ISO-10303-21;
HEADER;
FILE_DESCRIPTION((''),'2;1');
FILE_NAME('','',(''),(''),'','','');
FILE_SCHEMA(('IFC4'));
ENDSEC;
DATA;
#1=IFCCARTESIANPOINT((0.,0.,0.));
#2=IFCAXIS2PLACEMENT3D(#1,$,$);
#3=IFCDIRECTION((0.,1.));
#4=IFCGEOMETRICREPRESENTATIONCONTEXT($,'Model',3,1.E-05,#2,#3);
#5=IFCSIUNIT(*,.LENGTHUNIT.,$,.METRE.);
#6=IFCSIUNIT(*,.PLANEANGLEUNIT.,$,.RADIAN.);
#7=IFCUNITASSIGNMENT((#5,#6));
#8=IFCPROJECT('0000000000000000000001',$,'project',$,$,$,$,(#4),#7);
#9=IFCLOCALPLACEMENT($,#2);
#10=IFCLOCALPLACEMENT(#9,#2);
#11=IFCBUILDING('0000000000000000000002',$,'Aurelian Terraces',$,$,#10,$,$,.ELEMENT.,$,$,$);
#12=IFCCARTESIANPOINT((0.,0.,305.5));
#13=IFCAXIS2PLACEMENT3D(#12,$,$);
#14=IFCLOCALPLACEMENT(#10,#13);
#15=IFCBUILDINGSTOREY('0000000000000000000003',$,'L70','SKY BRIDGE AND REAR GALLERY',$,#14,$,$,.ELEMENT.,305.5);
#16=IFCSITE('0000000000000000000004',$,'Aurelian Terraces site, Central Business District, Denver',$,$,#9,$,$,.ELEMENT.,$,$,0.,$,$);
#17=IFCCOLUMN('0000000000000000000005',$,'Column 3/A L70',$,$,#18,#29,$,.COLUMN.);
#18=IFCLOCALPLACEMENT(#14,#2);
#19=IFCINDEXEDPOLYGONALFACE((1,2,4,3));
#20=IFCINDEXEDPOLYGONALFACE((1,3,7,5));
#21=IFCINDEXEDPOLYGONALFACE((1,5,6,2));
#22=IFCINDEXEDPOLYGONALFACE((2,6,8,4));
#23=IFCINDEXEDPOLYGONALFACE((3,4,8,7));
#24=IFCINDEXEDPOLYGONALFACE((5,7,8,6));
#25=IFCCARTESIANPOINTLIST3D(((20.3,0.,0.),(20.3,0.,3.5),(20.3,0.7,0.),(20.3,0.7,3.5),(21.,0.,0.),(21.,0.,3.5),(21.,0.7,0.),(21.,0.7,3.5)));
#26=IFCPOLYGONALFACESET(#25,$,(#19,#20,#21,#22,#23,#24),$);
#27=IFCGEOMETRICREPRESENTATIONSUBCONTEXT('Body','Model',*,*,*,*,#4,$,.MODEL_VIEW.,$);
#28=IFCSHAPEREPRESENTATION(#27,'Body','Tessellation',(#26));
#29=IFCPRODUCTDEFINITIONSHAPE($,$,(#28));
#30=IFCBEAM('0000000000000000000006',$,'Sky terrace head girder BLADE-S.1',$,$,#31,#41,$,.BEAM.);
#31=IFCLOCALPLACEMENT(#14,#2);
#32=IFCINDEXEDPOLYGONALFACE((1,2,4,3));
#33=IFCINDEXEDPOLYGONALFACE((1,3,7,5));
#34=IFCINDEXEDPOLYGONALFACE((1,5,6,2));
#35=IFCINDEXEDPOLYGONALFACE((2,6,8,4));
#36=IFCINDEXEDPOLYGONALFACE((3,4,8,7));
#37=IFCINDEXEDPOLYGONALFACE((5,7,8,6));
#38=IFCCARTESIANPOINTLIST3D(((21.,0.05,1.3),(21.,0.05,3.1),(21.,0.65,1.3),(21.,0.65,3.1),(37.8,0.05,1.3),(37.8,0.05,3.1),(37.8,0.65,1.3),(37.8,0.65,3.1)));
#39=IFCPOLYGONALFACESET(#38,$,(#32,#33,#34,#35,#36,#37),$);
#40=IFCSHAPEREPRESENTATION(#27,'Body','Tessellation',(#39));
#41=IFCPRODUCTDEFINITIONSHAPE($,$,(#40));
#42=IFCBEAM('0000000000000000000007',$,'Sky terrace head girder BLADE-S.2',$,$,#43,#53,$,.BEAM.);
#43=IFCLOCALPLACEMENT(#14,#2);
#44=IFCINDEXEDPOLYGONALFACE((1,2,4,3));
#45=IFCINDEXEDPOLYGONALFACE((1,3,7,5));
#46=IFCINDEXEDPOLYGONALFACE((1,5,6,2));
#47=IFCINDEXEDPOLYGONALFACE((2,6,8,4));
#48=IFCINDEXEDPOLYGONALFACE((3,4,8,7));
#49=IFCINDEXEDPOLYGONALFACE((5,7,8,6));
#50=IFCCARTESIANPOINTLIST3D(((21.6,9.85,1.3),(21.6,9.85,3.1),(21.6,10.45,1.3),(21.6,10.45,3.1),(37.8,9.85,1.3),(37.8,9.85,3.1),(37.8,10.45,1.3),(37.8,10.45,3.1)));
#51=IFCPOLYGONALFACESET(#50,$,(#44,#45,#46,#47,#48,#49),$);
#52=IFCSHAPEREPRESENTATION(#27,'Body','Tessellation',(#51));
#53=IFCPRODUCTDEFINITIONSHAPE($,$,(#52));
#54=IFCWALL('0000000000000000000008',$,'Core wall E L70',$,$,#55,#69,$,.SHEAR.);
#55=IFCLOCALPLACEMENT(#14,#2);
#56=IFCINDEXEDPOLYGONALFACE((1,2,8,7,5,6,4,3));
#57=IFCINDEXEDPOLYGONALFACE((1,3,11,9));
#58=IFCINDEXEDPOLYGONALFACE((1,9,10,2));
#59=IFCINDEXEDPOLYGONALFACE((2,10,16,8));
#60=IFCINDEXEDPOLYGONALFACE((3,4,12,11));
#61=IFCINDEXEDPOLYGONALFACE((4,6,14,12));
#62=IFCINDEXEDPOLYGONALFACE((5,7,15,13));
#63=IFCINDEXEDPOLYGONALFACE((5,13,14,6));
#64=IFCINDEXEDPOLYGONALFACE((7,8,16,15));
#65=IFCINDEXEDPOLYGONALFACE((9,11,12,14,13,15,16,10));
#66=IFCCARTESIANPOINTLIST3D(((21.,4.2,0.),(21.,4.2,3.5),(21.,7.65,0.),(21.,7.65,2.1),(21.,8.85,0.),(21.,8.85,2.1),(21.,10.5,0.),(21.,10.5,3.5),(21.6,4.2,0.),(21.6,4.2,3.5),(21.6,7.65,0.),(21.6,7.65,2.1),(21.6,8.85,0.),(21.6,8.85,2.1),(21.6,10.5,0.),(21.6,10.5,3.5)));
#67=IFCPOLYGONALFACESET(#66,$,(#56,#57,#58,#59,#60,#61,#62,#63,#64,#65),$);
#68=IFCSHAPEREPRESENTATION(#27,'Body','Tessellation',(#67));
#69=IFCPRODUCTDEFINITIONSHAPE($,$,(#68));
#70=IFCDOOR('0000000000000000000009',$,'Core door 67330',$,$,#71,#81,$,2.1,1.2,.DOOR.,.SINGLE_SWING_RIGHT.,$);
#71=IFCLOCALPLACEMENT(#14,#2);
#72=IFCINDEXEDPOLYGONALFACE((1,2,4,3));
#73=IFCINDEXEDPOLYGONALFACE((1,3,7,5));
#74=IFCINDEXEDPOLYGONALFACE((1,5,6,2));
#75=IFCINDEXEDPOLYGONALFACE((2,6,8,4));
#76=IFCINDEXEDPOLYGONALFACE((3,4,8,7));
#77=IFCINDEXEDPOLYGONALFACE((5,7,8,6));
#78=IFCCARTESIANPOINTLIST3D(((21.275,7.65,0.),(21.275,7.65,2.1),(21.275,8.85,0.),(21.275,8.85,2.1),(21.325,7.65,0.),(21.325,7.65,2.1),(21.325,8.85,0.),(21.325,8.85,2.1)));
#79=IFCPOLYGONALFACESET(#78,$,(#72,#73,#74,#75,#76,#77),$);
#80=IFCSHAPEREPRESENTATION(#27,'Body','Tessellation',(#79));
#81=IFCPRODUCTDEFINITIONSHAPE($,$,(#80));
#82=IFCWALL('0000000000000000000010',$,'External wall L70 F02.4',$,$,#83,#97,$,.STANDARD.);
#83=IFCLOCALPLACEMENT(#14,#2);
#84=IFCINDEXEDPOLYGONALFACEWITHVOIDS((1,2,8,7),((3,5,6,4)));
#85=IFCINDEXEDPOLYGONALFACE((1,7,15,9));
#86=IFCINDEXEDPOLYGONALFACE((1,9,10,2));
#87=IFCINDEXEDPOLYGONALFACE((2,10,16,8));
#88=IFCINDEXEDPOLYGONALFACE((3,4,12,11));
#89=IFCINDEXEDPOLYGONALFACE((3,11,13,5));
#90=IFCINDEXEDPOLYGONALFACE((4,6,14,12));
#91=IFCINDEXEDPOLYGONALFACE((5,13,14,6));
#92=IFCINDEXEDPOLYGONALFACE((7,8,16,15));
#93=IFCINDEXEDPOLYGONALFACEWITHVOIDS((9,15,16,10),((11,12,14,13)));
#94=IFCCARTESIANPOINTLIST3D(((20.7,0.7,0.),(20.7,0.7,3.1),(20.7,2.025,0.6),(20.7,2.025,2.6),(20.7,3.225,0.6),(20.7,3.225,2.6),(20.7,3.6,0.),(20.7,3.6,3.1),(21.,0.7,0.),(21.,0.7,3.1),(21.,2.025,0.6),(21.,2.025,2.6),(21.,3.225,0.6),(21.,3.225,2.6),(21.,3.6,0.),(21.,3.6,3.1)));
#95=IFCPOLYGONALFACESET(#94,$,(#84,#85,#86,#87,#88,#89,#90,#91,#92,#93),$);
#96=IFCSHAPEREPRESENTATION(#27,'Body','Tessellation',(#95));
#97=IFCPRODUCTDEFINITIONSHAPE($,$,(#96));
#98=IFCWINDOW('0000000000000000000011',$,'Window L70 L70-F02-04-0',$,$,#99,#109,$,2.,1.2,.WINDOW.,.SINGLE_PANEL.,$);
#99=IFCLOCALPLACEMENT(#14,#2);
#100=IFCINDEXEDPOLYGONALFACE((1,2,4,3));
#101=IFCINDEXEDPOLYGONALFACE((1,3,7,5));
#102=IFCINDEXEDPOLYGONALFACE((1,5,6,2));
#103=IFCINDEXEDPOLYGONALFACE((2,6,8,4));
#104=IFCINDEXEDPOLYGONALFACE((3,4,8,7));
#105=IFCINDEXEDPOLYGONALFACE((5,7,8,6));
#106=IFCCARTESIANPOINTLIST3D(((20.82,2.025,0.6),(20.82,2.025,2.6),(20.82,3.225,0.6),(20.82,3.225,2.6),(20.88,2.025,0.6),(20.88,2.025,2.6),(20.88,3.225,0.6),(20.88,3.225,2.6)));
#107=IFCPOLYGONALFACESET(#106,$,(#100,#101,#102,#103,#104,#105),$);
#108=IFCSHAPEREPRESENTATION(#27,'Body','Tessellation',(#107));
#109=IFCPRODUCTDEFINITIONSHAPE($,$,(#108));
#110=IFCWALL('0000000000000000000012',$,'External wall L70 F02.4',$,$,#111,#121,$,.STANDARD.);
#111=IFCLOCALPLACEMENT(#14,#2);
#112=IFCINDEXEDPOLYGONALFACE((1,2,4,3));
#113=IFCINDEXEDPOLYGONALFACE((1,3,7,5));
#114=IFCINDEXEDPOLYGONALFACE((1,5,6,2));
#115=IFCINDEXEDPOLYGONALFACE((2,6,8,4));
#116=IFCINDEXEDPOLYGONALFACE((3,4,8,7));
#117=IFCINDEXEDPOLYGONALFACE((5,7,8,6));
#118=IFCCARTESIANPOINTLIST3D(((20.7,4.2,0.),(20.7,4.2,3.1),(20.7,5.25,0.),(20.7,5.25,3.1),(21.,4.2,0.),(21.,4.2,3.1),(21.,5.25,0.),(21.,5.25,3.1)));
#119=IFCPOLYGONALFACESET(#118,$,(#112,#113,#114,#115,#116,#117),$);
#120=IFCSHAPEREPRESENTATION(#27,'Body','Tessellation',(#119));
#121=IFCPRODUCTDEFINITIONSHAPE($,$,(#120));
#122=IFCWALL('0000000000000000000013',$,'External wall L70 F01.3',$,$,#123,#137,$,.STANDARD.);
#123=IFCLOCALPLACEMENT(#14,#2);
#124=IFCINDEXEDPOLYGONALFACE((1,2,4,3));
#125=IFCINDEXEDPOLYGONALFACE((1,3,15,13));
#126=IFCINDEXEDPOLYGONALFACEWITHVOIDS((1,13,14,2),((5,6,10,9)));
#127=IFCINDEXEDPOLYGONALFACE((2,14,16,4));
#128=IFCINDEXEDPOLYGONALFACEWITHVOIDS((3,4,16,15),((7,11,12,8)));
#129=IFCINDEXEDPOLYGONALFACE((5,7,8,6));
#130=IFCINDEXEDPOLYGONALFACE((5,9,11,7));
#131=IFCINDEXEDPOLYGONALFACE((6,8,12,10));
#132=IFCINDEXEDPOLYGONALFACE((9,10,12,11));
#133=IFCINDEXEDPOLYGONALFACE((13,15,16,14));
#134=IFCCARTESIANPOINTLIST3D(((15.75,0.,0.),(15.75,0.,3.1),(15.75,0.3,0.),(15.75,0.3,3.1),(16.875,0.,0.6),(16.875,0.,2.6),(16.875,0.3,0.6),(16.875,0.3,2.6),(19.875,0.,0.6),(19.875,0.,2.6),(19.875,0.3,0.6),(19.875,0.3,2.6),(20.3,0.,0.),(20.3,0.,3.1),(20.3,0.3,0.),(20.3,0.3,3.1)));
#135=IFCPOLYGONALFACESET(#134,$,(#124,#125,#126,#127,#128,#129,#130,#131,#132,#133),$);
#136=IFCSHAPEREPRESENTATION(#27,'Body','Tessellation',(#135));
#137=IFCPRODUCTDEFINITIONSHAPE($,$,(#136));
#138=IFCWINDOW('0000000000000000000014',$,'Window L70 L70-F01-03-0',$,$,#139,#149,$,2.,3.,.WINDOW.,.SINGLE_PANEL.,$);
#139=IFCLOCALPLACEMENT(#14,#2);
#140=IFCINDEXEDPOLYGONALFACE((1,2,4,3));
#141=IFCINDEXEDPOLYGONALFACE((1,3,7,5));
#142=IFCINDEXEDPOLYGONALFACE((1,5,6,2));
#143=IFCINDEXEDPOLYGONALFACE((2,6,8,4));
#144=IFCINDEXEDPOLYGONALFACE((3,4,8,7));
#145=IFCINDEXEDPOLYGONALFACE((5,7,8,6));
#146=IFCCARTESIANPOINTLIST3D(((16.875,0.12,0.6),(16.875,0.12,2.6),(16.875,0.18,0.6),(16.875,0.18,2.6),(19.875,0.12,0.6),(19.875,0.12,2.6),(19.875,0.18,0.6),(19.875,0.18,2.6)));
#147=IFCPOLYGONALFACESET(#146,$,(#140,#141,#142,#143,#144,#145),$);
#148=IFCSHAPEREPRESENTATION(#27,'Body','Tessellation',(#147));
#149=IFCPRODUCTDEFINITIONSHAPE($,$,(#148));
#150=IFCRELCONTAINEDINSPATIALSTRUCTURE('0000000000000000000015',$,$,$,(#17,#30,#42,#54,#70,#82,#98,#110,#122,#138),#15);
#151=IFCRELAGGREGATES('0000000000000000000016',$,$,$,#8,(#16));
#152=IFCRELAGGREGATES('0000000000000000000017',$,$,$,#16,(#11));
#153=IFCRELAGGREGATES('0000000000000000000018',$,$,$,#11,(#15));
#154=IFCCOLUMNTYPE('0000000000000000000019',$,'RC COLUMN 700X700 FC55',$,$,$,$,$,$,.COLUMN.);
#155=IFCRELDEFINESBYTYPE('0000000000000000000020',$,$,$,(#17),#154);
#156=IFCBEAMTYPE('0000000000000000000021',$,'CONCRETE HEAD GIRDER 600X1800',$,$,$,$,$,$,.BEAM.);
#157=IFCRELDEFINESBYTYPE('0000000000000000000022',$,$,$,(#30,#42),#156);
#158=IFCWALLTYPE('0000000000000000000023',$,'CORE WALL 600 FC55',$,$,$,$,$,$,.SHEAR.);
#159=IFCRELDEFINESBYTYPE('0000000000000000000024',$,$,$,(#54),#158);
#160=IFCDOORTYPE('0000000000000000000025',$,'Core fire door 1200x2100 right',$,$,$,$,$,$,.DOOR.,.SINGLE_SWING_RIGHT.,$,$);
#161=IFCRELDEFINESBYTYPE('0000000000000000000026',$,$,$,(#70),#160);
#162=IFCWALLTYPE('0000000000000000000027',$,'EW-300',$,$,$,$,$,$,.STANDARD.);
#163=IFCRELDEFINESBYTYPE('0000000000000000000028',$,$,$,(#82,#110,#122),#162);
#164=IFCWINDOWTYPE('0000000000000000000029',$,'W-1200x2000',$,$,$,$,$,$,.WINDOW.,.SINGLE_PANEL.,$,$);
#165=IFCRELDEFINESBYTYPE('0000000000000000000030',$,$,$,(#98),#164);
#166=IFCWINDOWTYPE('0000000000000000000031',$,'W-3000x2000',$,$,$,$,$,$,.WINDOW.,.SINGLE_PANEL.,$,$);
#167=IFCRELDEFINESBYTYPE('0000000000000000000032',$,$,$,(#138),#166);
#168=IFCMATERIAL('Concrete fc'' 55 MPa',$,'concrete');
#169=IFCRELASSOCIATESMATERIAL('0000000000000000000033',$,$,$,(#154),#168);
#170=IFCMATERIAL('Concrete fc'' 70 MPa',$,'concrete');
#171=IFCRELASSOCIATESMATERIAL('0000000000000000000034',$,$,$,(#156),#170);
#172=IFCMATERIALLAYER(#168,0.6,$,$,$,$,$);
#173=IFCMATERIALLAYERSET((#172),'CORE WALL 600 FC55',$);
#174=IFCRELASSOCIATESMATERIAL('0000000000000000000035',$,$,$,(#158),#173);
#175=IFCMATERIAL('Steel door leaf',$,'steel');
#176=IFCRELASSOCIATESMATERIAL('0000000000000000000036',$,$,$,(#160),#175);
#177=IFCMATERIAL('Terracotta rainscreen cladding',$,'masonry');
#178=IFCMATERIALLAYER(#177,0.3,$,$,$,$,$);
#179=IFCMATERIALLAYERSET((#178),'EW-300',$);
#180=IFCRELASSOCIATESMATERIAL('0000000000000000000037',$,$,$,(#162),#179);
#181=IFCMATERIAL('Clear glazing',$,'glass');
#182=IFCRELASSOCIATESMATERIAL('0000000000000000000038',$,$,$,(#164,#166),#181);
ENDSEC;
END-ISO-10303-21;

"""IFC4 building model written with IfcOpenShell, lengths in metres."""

from ifc_helpers import new_model, si_unit, direction, frame, frame_2d, origin, origin_2d, place, context, subcontext, project, spatial, rectangle, extrude, source, transform, mapped, material, layer, layer_set, material_profile, profile_set, type_object, element, fill, save


model = new_model("IFC4")

# Units and contexts
model_context = context("Model", 3, precision=1e-05, world=origin(), true_north=direction((0.0, 1.0)))
body_context = subcontext(model_context, "Body", "Model", "MODEL_VIEW")
ifc_project = project(units=[si_unit("LENGTHUNIT", "METRE"), si_unit("PLANEANGLEUNIT", "RADIAN")], contexts=[model_context])

# Site, building, storey
site_placement = place(None, origin())
site = spatial("IfcSite", under=ifc_project, at=site_placement, Name="Aurelian Terraces site, Central Business District, Denver", CompositionType="ELEMENT", RefElevation=0.0)
building_placement = place(site_placement, origin())
building = spatial("IfcBuilding", under=site, at=building_placement, Name="Aurelian Terraces", CompositionType="ELEMENT")
storey_placement = place(building_placement, frame((0.0, 0.0, 305.5)))
storey = spatial("IfcBuildingStorey", under=building, at=storey_placement, Name="L70", Description="SKY BRIDGE AND REAR GALLERY", CompositionType="ELEMENT", Elevation=305.5)

# Column
ifc_material_1 = material(Name="Concrete fc' 55 MPa", Category="concrete")
ifc_material_profile_1 = material_profile(ifc_material_1, rectangle(XDim=0.7, YDim=0.7, at=origin_2d()))
ifc_profile_set_1 = profile_set([ifc_material_profile_1], Name="Concrete fc' 55 MPa")
column_type = type_object("IfcColumnType", Name="RC COLUMN 700X700 FC55", PredefinedType="COLUMN", material=ifc_profile_set_1)
shared_shape_1 = source(origin(), body_context, "Body", "SweptSolid", [
    extrude(rectangle(XDim=0.7, YDim=0.7, at=origin_2d()), origin(), (0.0, 0.0, 1.0), 3.5),
])
column_placement = place(storey_placement, frame((20.65, 0.35, 0.0), z_axis=(0.0, 0.0, 1.0), x_axis=(1.0, 0.0, 0.0)))
element("IfcColumn", 1, at=column_placement, inside=storey, type_object=column_type, Name="Column 3/A L70", PredefinedType="COLUMN", context=body_context, shape_type="MappedRepresentation", body=[
    mapped(shared_shape_1, transform((0.0, 0.0, 0.0), scale=1.0)),
])

# Beams
ifc_material_2 = material(Name="Concrete fc' 70 MPa", Category="concrete")
ifc_material_profile_2 = material_profile(ifc_material_2, rectangle(XDim=0.6, YDim=1.8, at=origin_2d()))
ifc_profile_set_2 = profile_set([ifc_material_profile_2], Name="Concrete fc' 70 MPa")
beam_type = type_object("IfcBeamType", Name="CONCRETE HEAD GIRDER 600X1800", PredefinedType="BEAM", material=ifc_profile_set_2)
shared_shape_2 = source(origin(), body_context, "Body", "SweptSolid", [
    extrude(rectangle(XDim=0.6, YDim=1.8, at=origin_2d()), origin(), (0.0, 0.0, 1.0), 16.8),
])
beam_1_placement = place(storey_placement, frame((21.0, 0.35, 2.2), z_axis=(1.0, 0.0, 0.0), x_axis=(0.0, 1.0, 0.0)))
element("IfcBeam", 2, at=beam_1_placement, inside=storey, type_object=beam_type, Name="Sky terrace head girder BLADE-S.1", PredefinedType="BEAM", context=body_context, shape_type="MappedRepresentation", body=[
    mapped(shared_shape_2, transform((0.0, 0.0, 0.0), scale=1.0)),
])
shared_shape_3 = source(origin(), body_context, "Body", "SweptSolid", [
    extrude(rectangle(XDim=0.6, YDim=1.8, at=origin_2d()), origin(), (0.0, 0.0, 1.0), 16.2),
])
beam_2_placement = place(storey_placement, frame((21.6, 10.15, 2.2), z_axis=(1.0, 0.0, 0.0), x_axis=(0.0, 1.0, 0.0)))
element("IfcBeam", 3, at=beam_2_placement, inside=storey, type_object=beam_type, Name="Sky terrace head girder BLADE-S.2", PredefinedType="BEAM", context=body_context, shape_type="MappedRepresentation", body=[
    mapped(shared_shape_3, transform((0.0, 0.0, 0.0), scale=1.0)),
])

# Wall, opening, door
ifc_layer_1 = layer(ifc_material_1, 0.6)
ifc_layer_set_1 = layer_set([ifc_layer_1], Name="CORE WALL 600 FC55")
wall_type_1 = type_object("IfcWallType", Name="CORE WALL 600 FC55", PredefinedType="SHEAR", material=ifc_layer_set_1)
shared_shape_4 = source(origin(), body_context, "Body", "SweptSolid", [
    extrude(rectangle(XDim=6.3, YDim=0.6, at=frame_2d((3.15, 0.0))), origin(), (0.0, 0.0, 1.0), 3.5),
])
wall_1_placement = place(storey_placement, frame((21.3, 4.2, 0.0), z_axis=(0.0, 0.0, 1.0), x_axis=(0.0, 1.0, 0.0)))
wall_1 = element("IfcWall", 4, at=wall_1_placement, inside=storey, type_object=wall_type_1, Name="Core wall E L70", PredefinedType="SHEAR", context=body_context, shape_type="MappedRepresentation", body=[
    mapped(shared_shape_4, transform((0.0, 0.0, 0.0), scale=1.0)),
])
shared_shape_5 = source(origin(), body_context, "Body", "SweptSolid", [
    extrude(rectangle(XDim=1.2, YDim=2.1, at=frame_2d((0.6, 1.05))), frame((0.0, 0.31, 0.0), z_axis=(0.0, -1.0, 0.0), x_axis=(1.0, 0.0, 0.0)), (0.0, 0.0, 1.0), 0.62),
])
opening_1_placement = place(wall_1_placement, frame((3.45, 0.0, 0.0)))
opening_1 = element("IfcOpeningElement", 5, at=opening_1_placement, cuts=wall_1, PredefinedType="OPENING", context=body_context, shape_type="MappedRepresentation", body=[
    mapped(shared_shape_5, transform((0.0, 0.0, 0.0), scale=1.0)),
])
ifc_material_3 = material(Name="Steel door leaf", Category="steel")
door_type_1 = type_object("IfcDoorType", Name="Core fire door 1200x2100 right", OperationType="SINGLE_SWING_RIGHT", PredefinedType="DOOR", material=ifc_material_3)
shared_shape_6 = source(origin(), body_context, "Body", "SweptSolid", [
    extrude(rectangle(XDim=1.2, YDim=2.1, at=frame_2d((0.6, 1.05))), frame((0.0, 0.025, 0.0), z_axis=(0.0, -1.0, 0.0), x_axis=(1.0, 0.0, 0.0)), (0.0, 0.0, 1.0), 0.05),
])
door_1_placement = place(opening_1_placement, origin())
door_1 = element("IfcDoor", 6, at=door_1_placement, inside=storey, type_object=door_type_1, Name="Core door 67330", OperationType="SINGLE_SWING_RIGHT", OverallHeight=2.1, OverallWidth=1.2, PredefinedType="DOOR", context=body_context, shape_type="MappedRepresentation", body=[
    mapped(shared_shape_6, transform((0.0, 0.0, 0.0), scale=1.0)),
])
fill(opening_1, door_1)

# Wall, opening, window
ifc_material_4 = material(Name="Terracotta rainscreen cladding", Category="masonry")
ifc_layer_2 = layer(ifc_material_4, 0.3)
ifc_layer_set_2 = layer_set([ifc_layer_2], Name="EW-300")
wall_type_2 = type_object("IfcWallType", Name="EW-300", PredefinedType="STANDARD", material=ifc_layer_set_2)
shared_shape_7 = source(origin(), body_context, "Body", "SweptSolid", [
    extrude(rectangle(XDim=2.9, YDim=0.3, at=frame_2d((1.45, 0.0))), origin(), (0.0, 0.0, 1.0), 3.1),
])
wall_2_placement = place(storey_placement, frame((20.85, 0.7, 0.0), z_axis=(0.0, 0.0, 1.0), x_axis=(0.0, 1.0, 0.0)))
wall_2 = element("IfcWall", 7, at=wall_2_placement, inside=storey, type_object=wall_type_2, Name="External wall L70 F02.4", PredefinedType="STANDARD", context=body_context, shape_type="MappedRepresentation", body=[
    mapped(shared_shape_7, transform((0.0, 0.0, 0.0), scale=1.0)),
])
shared_shape_8 = source(origin(), body_context, "Body", "SweptSolid", [
    extrude(rectangle(XDim=1.2, YDim=2.0, at=frame_2d((0.6, 1.0))), frame((0.0, 0.16, 0.0), z_axis=(0.0, -1.0, 0.0), x_axis=(1.0, 0.0, 0.0)), (0.0, 0.0, 1.0), 0.32),
])
opening_2_placement = place(wall_2_placement, frame((1.325, 0.0, 0.6)))
opening_2 = element("IfcOpeningElement", 8, at=opening_2_placement, cuts=wall_2, PredefinedType="OPENING", context=body_context, shape_type="MappedRepresentation", body=[
    mapped(shared_shape_8, transform((0.0, 0.0, 0.0), scale=1.0)),
])
ifc_material_5 = material(Name="Clear glazing", Category="glass")
window_type_1 = type_object("IfcWindowType", Name="W-1200x2000", PartitioningType="SINGLE_PANEL", PredefinedType="WINDOW", material=ifc_material_5)
shared_shape_9 = source(origin(), body_context, "Body", "SweptSolid", [
    extrude(rectangle(XDim=1.2, YDim=2.0, at=frame_2d((0.6, 1.0))), frame((0.0, 0.03, 0.0), z_axis=(0.0, -1.0, 0.0), x_axis=(1.0, 0.0, 0.0)), (0.0, 0.0, 1.0), 0.06),
])
window_1_placement = place(opening_2_placement, origin())
window_1 = element("IfcWindow", 9, at=window_1_placement, inside=storey, type_object=window_type_1, Name="Window L70 L70-F02-04-0", OverallHeight=2.0, OverallWidth=1.2, PartitioningType="SINGLE_PANEL", PredefinedType="WINDOW", context=body_context, shape_type="MappedRepresentation", body=[
    mapped(shared_shape_9, transform((0.0, 0.0, 0.0), scale=1.0)),
])
fill(opening_2, window_1)

# Wall
shared_shape_10 = source(origin(), body_context, "Body", "SweptSolid", [
    extrude(rectangle(XDim=1.05, YDim=0.3, at=frame_2d((0.525, 0.0))), origin(), (0.0, 0.0, 1.0), 3.1),
])
wall_3_placement = place(storey_placement, frame((20.85, 4.2, 0.0), z_axis=(0.0, 0.0, 1.0), x_axis=(0.0, 1.0, 0.0)))
element("IfcWall", 10, at=wall_3_placement, inside=storey, type_object=wall_type_2, Name="External wall L70 F02.4", PredefinedType="STANDARD", context=body_context, shape_type="MappedRepresentation", body=[
    mapped(shared_shape_10, transform((0.0, 0.0, 0.0), scale=1.0)),
])

# Wall, opening, window
shared_shape_11 = source(origin(), body_context, "Body", "SweptSolid", [
    extrude(rectangle(XDim=4.55, YDim=0.3, at=frame_2d((2.275, 0.0))), origin(), (0.0, 0.0, 1.0), 3.1),
])
wall_4_placement = place(storey_placement, frame((15.75, 0.15, 0.0), z_axis=(0.0, 0.0, 1.0), x_axis=(1.0, 0.0, 0.0)))
wall_4 = element("IfcWall", 11, at=wall_4_placement, inside=storey, type_object=wall_type_2, Name="External wall L70 F01.3", PredefinedType="STANDARD", context=body_context, shape_type="MappedRepresentation", body=[
    mapped(shared_shape_11, transform((0.0, 0.0, 0.0), scale=1.0)),
])
shared_shape_12 = source(origin(), body_context, "Body", "SweptSolid", [
    extrude(rectangle(XDim=3.0, YDim=2.0, at=frame_2d((1.5, 1.0))), frame((0.0, 0.16, 0.0), z_axis=(0.0, -1.0, 0.0), x_axis=(1.0, 0.0, 0.0)), (0.0, 0.0, 1.0), 0.32),
])
opening_3_placement = place(wall_4_placement, frame((1.125, 0.0, 0.6)))
opening_3 = element("IfcOpeningElement", 12, at=opening_3_placement, cuts=wall_4, PredefinedType="OPENING", context=body_context, shape_type="MappedRepresentation", body=[
    mapped(shared_shape_12, transform((0.0, 0.0, 0.0), scale=1.0)),
])
window_type_2 = type_object("IfcWindowType", Name="W-3000x2000", PartitioningType="SINGLE_PANEL", PredefinedType="WINDOW", material=ifc_material_5)
shared_shape_13 = source(origin(), body_context, "Body", "SweptSolid", [
    extrude(rectangle(XDim=3.0, YDim=2.0, at=frame_2d((1.5, 1.0))), frame((0.0, 0.03, 0.0), z_axis=(0.0, -1.0, 0.0), x_axis=(1.0, 0.0, 0.0)), (0.0, 0.0, 1.0), 0.06),
])
window_2_placement = place(opening_3_placement, origin())
window_2 = element("IfcWindow", 13, at=window_2_placement, inside=storey, type_object=window_type_2, Name="Window L70 L70-F01-03-0", OverallHeight=2.0, OverallWidth=3.0, PartitioningType="SINGLE_PANEL", PredefinedType="WINDOW", context=body_context, shape_type="MappedRepresentation", body=[
    mapped(shared_shape_13, transform((0.0, 0.0, 0.0), scale=1.0)),
])
fill(opening_3, window_2)

save(model, "model.ifc")
